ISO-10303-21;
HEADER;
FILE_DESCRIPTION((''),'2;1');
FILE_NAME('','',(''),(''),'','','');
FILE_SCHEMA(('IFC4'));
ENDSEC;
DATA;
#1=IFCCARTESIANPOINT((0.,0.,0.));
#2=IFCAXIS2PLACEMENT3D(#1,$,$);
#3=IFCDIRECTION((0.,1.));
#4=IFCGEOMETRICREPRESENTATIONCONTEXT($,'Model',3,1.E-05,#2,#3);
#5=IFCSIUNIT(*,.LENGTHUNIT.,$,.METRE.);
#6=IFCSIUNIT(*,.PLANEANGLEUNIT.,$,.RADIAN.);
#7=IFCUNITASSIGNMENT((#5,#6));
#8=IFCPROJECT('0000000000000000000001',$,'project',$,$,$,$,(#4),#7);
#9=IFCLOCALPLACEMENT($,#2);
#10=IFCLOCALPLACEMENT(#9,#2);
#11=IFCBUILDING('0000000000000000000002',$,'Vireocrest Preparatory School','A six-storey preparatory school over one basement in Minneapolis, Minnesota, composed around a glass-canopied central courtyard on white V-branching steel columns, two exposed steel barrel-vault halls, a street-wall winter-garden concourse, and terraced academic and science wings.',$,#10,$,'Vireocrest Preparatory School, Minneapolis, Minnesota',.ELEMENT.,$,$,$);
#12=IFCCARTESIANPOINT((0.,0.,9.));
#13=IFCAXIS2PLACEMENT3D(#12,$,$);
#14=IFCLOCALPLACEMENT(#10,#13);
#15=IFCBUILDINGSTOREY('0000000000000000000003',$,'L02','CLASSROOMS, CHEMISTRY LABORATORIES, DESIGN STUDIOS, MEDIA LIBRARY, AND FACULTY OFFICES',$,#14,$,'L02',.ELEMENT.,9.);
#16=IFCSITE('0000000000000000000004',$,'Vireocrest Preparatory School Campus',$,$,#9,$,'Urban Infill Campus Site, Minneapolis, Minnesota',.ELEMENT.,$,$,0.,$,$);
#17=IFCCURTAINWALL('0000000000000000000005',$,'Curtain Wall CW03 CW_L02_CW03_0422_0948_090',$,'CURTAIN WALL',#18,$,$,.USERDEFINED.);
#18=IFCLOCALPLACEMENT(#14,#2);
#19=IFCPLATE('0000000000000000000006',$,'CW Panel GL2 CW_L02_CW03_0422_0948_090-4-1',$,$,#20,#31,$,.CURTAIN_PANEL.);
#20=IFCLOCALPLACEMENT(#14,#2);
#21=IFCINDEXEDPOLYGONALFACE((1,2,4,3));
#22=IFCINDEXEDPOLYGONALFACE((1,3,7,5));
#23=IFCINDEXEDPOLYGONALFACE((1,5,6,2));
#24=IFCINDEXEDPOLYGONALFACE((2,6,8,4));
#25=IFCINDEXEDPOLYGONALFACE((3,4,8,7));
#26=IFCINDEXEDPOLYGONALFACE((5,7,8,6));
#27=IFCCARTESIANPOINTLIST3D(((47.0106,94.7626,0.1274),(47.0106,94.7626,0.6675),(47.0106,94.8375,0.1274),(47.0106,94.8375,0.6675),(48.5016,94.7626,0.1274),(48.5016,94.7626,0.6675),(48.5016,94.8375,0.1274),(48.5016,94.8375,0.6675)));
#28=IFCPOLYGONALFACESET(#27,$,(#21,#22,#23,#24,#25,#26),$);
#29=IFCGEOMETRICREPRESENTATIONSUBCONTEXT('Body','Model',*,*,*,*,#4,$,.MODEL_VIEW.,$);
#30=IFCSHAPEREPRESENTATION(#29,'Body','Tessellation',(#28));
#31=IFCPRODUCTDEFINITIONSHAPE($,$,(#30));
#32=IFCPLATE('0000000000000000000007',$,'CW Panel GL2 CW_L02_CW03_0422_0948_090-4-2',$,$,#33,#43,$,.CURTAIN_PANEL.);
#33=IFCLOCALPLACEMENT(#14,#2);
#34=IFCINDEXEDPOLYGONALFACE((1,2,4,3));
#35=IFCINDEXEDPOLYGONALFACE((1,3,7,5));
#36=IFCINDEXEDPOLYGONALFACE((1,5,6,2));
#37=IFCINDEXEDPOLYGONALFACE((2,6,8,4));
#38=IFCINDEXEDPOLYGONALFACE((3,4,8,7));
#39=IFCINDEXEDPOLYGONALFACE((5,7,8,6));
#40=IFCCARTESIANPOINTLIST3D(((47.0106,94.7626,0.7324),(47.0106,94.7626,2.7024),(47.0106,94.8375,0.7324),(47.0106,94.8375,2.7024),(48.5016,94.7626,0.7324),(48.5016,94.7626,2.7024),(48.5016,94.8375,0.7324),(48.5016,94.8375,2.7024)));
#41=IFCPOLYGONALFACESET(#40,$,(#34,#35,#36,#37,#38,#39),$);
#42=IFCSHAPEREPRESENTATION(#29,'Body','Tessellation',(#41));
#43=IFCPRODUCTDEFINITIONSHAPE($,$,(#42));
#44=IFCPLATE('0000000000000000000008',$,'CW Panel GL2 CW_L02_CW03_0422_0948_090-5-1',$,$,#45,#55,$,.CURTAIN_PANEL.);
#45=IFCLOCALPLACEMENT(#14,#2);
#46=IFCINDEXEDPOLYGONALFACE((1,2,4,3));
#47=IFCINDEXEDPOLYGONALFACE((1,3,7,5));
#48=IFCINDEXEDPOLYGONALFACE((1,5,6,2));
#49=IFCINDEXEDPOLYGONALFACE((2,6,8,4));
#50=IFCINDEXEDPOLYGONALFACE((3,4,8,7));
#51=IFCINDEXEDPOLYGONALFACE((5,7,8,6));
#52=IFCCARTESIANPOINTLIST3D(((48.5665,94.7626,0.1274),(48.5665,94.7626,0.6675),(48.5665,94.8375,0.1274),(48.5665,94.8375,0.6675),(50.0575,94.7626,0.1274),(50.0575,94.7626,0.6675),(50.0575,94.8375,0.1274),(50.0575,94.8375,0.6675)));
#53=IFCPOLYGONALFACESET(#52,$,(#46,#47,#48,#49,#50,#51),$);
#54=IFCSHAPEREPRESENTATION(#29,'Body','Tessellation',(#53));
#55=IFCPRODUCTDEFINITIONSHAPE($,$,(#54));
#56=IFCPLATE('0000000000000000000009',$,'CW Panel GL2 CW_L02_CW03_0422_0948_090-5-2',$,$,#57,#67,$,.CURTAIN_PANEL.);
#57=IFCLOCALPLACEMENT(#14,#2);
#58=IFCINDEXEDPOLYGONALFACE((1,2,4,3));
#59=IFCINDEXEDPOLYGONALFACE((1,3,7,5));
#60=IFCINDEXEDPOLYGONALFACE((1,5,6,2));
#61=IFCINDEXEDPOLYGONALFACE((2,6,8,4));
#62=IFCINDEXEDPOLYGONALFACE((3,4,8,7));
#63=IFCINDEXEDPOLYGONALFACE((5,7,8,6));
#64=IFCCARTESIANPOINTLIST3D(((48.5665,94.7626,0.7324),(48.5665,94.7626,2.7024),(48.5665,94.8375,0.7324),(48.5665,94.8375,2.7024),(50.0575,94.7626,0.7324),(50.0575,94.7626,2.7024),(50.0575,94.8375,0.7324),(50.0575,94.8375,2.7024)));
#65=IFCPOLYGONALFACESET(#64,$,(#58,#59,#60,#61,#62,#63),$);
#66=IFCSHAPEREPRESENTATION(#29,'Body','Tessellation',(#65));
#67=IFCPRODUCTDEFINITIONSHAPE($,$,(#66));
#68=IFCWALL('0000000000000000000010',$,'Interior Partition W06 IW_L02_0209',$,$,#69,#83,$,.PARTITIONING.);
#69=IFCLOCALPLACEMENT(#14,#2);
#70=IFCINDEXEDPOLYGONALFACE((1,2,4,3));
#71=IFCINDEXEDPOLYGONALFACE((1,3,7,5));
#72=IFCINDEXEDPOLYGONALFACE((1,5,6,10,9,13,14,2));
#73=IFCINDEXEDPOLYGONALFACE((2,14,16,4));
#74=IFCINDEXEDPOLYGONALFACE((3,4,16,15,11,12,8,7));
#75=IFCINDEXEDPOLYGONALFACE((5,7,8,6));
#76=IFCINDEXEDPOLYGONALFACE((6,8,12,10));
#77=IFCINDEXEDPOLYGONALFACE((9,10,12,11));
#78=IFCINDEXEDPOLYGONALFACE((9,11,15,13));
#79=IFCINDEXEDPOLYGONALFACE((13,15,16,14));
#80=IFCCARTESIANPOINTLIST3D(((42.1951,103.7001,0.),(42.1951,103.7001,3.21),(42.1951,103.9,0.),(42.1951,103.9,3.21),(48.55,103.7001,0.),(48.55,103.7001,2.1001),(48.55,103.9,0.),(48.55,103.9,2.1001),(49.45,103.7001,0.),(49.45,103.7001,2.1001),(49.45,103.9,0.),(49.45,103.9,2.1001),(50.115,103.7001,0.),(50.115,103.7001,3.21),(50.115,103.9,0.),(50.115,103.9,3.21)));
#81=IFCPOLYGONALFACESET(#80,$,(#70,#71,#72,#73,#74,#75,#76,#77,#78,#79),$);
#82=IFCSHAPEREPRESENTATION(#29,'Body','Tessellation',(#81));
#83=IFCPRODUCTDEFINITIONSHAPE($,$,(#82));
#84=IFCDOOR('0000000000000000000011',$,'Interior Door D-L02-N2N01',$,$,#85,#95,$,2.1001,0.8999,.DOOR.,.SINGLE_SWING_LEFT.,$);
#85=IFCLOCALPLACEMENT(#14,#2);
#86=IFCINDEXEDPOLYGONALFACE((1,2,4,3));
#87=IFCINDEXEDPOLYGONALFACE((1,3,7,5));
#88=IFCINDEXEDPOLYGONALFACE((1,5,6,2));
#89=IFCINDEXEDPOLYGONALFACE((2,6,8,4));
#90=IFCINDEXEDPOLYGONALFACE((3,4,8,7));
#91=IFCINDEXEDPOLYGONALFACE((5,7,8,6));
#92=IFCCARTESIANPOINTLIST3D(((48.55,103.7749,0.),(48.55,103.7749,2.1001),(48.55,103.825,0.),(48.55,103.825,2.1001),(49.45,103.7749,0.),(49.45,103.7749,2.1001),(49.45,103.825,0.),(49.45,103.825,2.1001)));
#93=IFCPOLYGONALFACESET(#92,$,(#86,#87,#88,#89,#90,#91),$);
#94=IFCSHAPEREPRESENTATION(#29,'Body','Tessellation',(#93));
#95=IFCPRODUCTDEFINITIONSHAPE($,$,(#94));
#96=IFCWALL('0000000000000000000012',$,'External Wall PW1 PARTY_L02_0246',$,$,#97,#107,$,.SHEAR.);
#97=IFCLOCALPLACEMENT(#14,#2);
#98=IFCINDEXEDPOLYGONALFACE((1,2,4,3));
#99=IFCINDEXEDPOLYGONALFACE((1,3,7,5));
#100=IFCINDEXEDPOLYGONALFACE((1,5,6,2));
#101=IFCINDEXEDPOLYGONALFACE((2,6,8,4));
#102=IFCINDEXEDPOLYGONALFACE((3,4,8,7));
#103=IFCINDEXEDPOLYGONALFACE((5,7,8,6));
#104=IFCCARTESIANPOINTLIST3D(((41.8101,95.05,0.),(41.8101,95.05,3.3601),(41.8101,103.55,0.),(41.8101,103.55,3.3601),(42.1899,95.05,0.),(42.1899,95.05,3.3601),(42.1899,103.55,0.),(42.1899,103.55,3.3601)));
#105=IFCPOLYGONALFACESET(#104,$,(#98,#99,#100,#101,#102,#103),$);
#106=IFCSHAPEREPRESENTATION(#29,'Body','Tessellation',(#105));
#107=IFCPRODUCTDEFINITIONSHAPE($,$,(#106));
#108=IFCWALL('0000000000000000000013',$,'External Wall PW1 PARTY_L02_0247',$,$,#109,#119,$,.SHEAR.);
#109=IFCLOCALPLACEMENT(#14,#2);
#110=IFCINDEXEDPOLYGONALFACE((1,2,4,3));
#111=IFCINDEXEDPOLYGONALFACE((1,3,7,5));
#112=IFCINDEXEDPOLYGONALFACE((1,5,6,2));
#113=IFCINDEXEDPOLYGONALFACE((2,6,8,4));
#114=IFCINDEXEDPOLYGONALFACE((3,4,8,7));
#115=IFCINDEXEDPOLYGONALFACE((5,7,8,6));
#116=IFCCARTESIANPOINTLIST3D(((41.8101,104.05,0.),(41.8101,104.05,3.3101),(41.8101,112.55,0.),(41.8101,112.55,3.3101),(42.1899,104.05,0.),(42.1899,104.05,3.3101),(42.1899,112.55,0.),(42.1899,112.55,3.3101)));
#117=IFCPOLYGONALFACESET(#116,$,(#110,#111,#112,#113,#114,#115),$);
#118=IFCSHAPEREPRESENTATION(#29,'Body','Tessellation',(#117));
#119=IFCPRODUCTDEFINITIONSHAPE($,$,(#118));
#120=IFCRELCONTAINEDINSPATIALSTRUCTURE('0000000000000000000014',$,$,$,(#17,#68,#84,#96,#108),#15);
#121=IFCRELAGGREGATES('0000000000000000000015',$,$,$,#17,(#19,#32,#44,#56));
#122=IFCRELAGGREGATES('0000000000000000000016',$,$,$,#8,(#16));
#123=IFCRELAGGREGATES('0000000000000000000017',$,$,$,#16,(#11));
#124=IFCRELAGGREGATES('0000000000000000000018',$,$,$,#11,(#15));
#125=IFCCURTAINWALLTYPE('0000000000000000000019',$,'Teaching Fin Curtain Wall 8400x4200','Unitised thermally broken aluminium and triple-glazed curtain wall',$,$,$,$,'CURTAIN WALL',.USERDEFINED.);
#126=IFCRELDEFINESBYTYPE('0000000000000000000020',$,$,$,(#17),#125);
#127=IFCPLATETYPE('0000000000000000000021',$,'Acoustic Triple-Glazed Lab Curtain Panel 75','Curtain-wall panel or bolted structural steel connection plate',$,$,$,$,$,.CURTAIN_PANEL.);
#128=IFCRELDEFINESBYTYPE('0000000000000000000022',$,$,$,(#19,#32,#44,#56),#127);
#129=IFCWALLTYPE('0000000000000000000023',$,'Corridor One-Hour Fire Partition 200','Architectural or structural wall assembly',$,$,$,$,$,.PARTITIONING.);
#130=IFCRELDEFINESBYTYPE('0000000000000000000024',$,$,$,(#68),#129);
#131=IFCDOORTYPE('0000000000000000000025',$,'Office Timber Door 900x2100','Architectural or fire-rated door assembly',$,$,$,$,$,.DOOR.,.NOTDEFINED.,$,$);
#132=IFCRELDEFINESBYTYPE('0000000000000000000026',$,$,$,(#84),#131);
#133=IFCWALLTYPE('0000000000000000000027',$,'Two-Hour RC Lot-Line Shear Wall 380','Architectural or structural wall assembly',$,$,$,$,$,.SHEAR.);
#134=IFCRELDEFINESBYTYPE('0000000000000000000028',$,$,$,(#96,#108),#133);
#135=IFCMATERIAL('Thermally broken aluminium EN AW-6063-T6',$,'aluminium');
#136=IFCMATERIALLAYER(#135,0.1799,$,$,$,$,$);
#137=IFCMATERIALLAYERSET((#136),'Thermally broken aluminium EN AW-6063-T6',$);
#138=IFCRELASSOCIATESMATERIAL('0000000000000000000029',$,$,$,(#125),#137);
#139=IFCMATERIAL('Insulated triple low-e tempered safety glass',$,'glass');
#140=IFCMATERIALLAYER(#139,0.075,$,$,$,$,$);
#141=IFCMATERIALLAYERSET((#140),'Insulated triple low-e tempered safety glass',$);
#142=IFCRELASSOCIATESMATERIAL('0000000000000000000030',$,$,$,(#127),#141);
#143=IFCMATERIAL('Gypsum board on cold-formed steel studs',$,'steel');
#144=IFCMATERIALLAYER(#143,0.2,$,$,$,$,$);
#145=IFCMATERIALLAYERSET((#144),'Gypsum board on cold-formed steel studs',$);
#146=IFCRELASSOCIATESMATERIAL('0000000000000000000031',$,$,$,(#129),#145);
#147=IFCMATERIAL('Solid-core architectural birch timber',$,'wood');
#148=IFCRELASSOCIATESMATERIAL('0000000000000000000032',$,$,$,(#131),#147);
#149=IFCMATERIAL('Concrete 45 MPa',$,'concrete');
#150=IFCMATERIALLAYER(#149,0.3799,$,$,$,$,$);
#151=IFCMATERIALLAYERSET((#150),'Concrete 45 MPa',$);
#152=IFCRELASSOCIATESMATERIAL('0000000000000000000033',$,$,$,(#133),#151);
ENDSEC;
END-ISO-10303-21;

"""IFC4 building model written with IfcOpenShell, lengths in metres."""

from ifc_helpers import new_model, si_unit, direction, frame, frame_2d, origin, origin_2d, place, context, subcontext, project, spatial, rectangle, extrude, material, layer, layer_set, type_object, element, fill, aggregate, save


model = new_model("IFC4")

# Units and contexts
model_context = context("Model", 3, precision=1e-05, world=origin(), true_north=direction((0.0, 1.0)))
body_context = subcontext(model_context, "Body", "Model", "MODEL_VIEW")
ifc_project = project(units=[si_unit("LENGTHUNIT", "METRE"), si_unit("PLANEANGLEUNIT", "RADIAN")], contexts=[model_context])

# Site, building, storey
site_placement = place(None, origin())
site = spatial("IfcSite", under=ifc_project, at=site_placement, Name="Vireocrest Preparatory School Campus", LongName="Urban Infill Campus Site, Minneapolis, Minnesota", CompositionType="ELEMENT", RefElevation=0.0)
building_placement = place(site_placement, origin())
building = spatial("IfcBuilding", under=site, at=building_placement, Name="Vireocrest Preparatory School", Description="A six-storey preparatory school over one basement in Minneapolis, Minnesota, composed around a glass-canopied central courtyard on white V-branching steel columns, two exposed steel barrel-vault halls, a street-wall winter-garden concourse, and terraced academic and science wings.", LongName="Vireocrest Preparatory School, Minneapolis, Minnesota", CompositionType="ELEMENT")
storey_placement = place(building_placement, frame((0.0, 0.0, 9.0)))
storey = spatial("IfcBuildingStorey", under=building, at=storey_placement, Name="L02", Description="CLASSROOMS, CHEMISTRY LABORATORIES, DESIGN STUDIOS, MEDIA LIBRARY, AND FACULTY OFFICES", LongName="L02", CompositionType="ELEMENT", Elevation=9.0)

# Shared definitions
ifc_material_1 = material(Name="Concrete 45 MPa", Category="concrete")

# Curtain wall
ifc_material_2 = material(Name="Thermally broken aluminium EN AW-6063-T6", Category="aluminium")
ifc_layer_1 = layer(ifc_material_2, 0.1799)
ifc_layer_set_1 = layer_set([ifc_layer_1], Name="Thermally broken aluminium EN AW-6063-T6")
curtain_wall_type = type_object("IfcCurtainWallType", Name="Teaching Fin Curtain Wall 8400x4200", Description="Unitised thermally broken aluminium and triple-glazed curtain wall", ElementType="CURTAIN WALL", PredefinedType="USERDEFINED", material=ifc_layer_set_1)
curtain_wall_placement = place(storey_placement, origin())
curtain_wall = element("IfcCurtainWall", 1, at=curtain_wall_placement, inside=storey, type_object=curtain_wall_type, Name="Curtain Wall CW03 CW_L02_CW03_0422_0948_090", ObjectType="CURTAIN WALL", PredefinedType="USERDEFINED")

# Plates
ifc_material_3 = material(Name="Insulated triple low-e tempered safety glass", Category="glass")
ifc_layer_2 = layer(ifc_material_3, 0.075)
ifc_layer_set_2 = layer_set([ifc_layer_2], Name="Insulated triple low-e tempered safety glass")
plate_type = type_object("IfcPlateType", Name="Acoustic Triple-Glazed Lab Curtain Panel 75", Description="Curtain-wall panel or bolted structural steel connection plate", PredefinedType="CURTAIN_PANEL", material=ifc_layer_set_2)
plate_1_placement = place(storey_placement, frame((47.7561, 94.8, 0.1274), z_axis=(0.0, 0.0, 1.0), x_axis=(1.0, 0.0, 0.0)))
plate_1 = element("IfcPlate", 2, at=plate_1_placement, type_object=plate_type, Name="CW Panel GL2 CW_L02_CW03_0422_0948_090-4-1", PredefinedType="CURTAIN_PANEL", context=body_context, shape_type="SweptSolid", body=[
    extrude(rectangle(XDim=1.491, YDim=0.075, at=origin_2d()), origin(), (0.0, 0.0, 1.0), 0.54),
])
plate_2_placement = place(storey_placement, frame((47.7561, 94.8, 0.7324), z_axis=(0.0, 0.0, 1.0), x_axis=(1.0, 0.0, 0.0)))
plate_2 = element("IfcPlate", 3, at=plate_2_placement, type_object=plate_type, Name="CW Panel GL2 CW_L02_CW03_0422_0948_090-4-2", PredefinedType="CURTAIN_PANEL", context=body_context, shape_type="SweptSolid", body=[
    extrude(rectangle(XDim=1.491, YDim=0.075, at=origin_2d()), origin(), (0.0, 0.0, 1.0), 1.97),
])
plate_3_placement = place(storey_placement, frame((49.312, 94.8, 0.1274), z_axis=(0.0, 0.0, 1.0), x_axis=(1.0, 0.0, 0.0)))
plate_3 = element("IfcPlate", 4, at=plate_3_placement, type_object=plate_type, Name="CW Panel GL2 CW_L02_CW03_0422_0948_090-5-1", PredefinedType="CURTAIN_PANEL", context=body_context, shape_type="SweptSolid", body=[
    extrude(rectangle(XDim=1.491, YDim=0.075, at=origin_2d()), origin(), (0.0, 0.0, 1.0), 0.54),
])
plate_4_placement = place(storey_placement, frame((49.312, 94.8, 0.7324), z_axis=(0.0, 0.0, 1.0), x_axis=(1.0, 0.0, 0.0)))
plate_4 = element("IfcPlate", 5, at=plate_4_placement, type_object=plate_type, Name="CW Panel GL2 CW_L02_CW03_0422_0948_090-5-2", PredefinedType="CURTAIN_PANEL", context=body_context, shape_type="SweptSolid", body=[
    extrude(rectangle(XDim=1.491, YDim=0.075, at=origin_2d()), origin(), (0.0, 0.0, 1.0), 1.97),
])
aggregate(curtain_wall, [plate_1, plate_2, plate_3, plate_4])

# Wall, opening, door
ifc_material_4 = material(Name="Gypsum board on cold-formed steel studs", Category="steel")
ifc_layer_3 = layer(ifc_material_4, 0.2)
ifc_layer_set_3 = layer_set([ifc_layer_3], Name="Gypsum board on cold-formed steel studs")
wall_type_1 = type_object("IfcWallType", Name="Corridor One-Hour Fire Partition 200", Description="Architectural or structural wall assembly", PredefinedType="PARTITIONING", material=ifc_layer_set_3)
wall_1_placement = place(storey_placement, frame((42.1951, 103.8, 0.0), z_axis=(0.0, 0.0, 1.0), x_axis=(1.0, 0.0, 0.0)))
wall_1 = element("IfcWall", 6, at=wall_1_placement, inside=storey, type_object=wall_type_1, Name="Interior Partition W06 IW_L02_0209", PredefinedType="PARTITIONING", context=body_context, shape_type="SweptSolid", body=[
    extrude(rectangle(XDim=7.9199, YDim=0.2, at=frame_2d((3.96, 0.0))), origin(), (0.0, 0.0, 1.0), 3.21),
])
opening_placement = place(wall_1_placement, frame((6.355, 0.0, 0.0)))
opening = element("IfcOpeningElement", 7, at=opening_placement, cuts=wall_1, PredefinedType="OPENING", context=body_context, shape_type="SweptSolid", body=[
    extrude(rectangle(XDim=0.8999, YDim=2.1001, at=frame_2d((0.45, 1.05))), frame((0.0, 0.1099, 0.0), z_axis=(0.0, -1.0, 0.0), x_axis=(1.0, 0.0, 0.0)), (0.0, 0.0, 1.0), 0.22),
])
ifc_material_5 = material(Name="Solid-core architectural birch timber", Category="wood")
door_type = type_object("IfcDoorType", Name="Office Timber Door 900x2100", Description="Architectural or fire-rated door assembly", OperationType="NOTDEFINED", PredefinedType="DOOR", material=ifc_material_5)
door_placement = place(opening_placement, origin())
door = element("IfcDoor", 8, at=door_placement, inside=storey, type_object=door_type, Name="Interior Door D-L02-N2N01", OperationType="SINGLE_SWING_LEFT", OverallHeight=2.1001, OverallWidth=0.8999, PredefinedType="DOOR", context=body_context, shape_type="SweptSolid", body=[
    extrude(rectangle(XDim=0.8999, YDim=2.1001, at=frame_2d((0.45, 1.05))), frame((0.0, 0.0249, 0.0), z_axis=(0.0, -1.0, 0.0), x_axis=(1.0, 0.0, 0.0)), (0.0, 0.0, 1.0), 0.05),
])
fill(opening, door)

# Walls
ifc_layer_4 = layer(ifc_material_1, 0.3799)
ifc_layer_set_4 = layer_set([ifc_layer_4], Name="Concrete 45 MPa")
wall_type_2 = type_object("IfcWallType", Name="Two-Hour RC Lot-Line Shear Wall 380", Description="Architectural or structural wall assembly", PredefinedType="SHEAR", material=ifc_layer_set_4)
wall_2_placement = place(storey_placement, frame((42.0, 95.05, 0.0), z_axis=(0.0, 0.0, 1.0), x_axis=(0.0, 1.0, 0.0)))
element("IfcWall", 9, at=wall_2_placement, inside=storey, type_object=wall_type_2, Name="External Wall PW1 PARTY_L02_0246", PredefinedType="SHEAR", context=body_context, shape_type="SweptSolid", body=[
    extrude(rectangle(XDim=8.5, YDim=0.3799, at=frame_2d((4.25, 0.0))), origin(), (0.0, 0.0, 1.0), 3.3601),
])
wall_3_placement = place(storey_placement, frame((42.0, 104.05, 0.0), z_axis=(0.0, 0.0, 1.0), x_axis=(0.0, 1.0, 0.0)))
element("IfcWall", 10, at=wall_3_placement, inside=storey, type_object=wall_type_2, Name="External Wall PW1 PARTY_L02_0247", PredefinedType="SHEAR", context=body_context, shape_type="SweptSolid", body=[
    extrude(rectangle(XDim=8.5, YDim=0.3799, at=frame_2d((4.25, 0.0))), origin(), (0.0, 0.0, 1.0), 3.3101),
])

save(model, "model.ifc")
